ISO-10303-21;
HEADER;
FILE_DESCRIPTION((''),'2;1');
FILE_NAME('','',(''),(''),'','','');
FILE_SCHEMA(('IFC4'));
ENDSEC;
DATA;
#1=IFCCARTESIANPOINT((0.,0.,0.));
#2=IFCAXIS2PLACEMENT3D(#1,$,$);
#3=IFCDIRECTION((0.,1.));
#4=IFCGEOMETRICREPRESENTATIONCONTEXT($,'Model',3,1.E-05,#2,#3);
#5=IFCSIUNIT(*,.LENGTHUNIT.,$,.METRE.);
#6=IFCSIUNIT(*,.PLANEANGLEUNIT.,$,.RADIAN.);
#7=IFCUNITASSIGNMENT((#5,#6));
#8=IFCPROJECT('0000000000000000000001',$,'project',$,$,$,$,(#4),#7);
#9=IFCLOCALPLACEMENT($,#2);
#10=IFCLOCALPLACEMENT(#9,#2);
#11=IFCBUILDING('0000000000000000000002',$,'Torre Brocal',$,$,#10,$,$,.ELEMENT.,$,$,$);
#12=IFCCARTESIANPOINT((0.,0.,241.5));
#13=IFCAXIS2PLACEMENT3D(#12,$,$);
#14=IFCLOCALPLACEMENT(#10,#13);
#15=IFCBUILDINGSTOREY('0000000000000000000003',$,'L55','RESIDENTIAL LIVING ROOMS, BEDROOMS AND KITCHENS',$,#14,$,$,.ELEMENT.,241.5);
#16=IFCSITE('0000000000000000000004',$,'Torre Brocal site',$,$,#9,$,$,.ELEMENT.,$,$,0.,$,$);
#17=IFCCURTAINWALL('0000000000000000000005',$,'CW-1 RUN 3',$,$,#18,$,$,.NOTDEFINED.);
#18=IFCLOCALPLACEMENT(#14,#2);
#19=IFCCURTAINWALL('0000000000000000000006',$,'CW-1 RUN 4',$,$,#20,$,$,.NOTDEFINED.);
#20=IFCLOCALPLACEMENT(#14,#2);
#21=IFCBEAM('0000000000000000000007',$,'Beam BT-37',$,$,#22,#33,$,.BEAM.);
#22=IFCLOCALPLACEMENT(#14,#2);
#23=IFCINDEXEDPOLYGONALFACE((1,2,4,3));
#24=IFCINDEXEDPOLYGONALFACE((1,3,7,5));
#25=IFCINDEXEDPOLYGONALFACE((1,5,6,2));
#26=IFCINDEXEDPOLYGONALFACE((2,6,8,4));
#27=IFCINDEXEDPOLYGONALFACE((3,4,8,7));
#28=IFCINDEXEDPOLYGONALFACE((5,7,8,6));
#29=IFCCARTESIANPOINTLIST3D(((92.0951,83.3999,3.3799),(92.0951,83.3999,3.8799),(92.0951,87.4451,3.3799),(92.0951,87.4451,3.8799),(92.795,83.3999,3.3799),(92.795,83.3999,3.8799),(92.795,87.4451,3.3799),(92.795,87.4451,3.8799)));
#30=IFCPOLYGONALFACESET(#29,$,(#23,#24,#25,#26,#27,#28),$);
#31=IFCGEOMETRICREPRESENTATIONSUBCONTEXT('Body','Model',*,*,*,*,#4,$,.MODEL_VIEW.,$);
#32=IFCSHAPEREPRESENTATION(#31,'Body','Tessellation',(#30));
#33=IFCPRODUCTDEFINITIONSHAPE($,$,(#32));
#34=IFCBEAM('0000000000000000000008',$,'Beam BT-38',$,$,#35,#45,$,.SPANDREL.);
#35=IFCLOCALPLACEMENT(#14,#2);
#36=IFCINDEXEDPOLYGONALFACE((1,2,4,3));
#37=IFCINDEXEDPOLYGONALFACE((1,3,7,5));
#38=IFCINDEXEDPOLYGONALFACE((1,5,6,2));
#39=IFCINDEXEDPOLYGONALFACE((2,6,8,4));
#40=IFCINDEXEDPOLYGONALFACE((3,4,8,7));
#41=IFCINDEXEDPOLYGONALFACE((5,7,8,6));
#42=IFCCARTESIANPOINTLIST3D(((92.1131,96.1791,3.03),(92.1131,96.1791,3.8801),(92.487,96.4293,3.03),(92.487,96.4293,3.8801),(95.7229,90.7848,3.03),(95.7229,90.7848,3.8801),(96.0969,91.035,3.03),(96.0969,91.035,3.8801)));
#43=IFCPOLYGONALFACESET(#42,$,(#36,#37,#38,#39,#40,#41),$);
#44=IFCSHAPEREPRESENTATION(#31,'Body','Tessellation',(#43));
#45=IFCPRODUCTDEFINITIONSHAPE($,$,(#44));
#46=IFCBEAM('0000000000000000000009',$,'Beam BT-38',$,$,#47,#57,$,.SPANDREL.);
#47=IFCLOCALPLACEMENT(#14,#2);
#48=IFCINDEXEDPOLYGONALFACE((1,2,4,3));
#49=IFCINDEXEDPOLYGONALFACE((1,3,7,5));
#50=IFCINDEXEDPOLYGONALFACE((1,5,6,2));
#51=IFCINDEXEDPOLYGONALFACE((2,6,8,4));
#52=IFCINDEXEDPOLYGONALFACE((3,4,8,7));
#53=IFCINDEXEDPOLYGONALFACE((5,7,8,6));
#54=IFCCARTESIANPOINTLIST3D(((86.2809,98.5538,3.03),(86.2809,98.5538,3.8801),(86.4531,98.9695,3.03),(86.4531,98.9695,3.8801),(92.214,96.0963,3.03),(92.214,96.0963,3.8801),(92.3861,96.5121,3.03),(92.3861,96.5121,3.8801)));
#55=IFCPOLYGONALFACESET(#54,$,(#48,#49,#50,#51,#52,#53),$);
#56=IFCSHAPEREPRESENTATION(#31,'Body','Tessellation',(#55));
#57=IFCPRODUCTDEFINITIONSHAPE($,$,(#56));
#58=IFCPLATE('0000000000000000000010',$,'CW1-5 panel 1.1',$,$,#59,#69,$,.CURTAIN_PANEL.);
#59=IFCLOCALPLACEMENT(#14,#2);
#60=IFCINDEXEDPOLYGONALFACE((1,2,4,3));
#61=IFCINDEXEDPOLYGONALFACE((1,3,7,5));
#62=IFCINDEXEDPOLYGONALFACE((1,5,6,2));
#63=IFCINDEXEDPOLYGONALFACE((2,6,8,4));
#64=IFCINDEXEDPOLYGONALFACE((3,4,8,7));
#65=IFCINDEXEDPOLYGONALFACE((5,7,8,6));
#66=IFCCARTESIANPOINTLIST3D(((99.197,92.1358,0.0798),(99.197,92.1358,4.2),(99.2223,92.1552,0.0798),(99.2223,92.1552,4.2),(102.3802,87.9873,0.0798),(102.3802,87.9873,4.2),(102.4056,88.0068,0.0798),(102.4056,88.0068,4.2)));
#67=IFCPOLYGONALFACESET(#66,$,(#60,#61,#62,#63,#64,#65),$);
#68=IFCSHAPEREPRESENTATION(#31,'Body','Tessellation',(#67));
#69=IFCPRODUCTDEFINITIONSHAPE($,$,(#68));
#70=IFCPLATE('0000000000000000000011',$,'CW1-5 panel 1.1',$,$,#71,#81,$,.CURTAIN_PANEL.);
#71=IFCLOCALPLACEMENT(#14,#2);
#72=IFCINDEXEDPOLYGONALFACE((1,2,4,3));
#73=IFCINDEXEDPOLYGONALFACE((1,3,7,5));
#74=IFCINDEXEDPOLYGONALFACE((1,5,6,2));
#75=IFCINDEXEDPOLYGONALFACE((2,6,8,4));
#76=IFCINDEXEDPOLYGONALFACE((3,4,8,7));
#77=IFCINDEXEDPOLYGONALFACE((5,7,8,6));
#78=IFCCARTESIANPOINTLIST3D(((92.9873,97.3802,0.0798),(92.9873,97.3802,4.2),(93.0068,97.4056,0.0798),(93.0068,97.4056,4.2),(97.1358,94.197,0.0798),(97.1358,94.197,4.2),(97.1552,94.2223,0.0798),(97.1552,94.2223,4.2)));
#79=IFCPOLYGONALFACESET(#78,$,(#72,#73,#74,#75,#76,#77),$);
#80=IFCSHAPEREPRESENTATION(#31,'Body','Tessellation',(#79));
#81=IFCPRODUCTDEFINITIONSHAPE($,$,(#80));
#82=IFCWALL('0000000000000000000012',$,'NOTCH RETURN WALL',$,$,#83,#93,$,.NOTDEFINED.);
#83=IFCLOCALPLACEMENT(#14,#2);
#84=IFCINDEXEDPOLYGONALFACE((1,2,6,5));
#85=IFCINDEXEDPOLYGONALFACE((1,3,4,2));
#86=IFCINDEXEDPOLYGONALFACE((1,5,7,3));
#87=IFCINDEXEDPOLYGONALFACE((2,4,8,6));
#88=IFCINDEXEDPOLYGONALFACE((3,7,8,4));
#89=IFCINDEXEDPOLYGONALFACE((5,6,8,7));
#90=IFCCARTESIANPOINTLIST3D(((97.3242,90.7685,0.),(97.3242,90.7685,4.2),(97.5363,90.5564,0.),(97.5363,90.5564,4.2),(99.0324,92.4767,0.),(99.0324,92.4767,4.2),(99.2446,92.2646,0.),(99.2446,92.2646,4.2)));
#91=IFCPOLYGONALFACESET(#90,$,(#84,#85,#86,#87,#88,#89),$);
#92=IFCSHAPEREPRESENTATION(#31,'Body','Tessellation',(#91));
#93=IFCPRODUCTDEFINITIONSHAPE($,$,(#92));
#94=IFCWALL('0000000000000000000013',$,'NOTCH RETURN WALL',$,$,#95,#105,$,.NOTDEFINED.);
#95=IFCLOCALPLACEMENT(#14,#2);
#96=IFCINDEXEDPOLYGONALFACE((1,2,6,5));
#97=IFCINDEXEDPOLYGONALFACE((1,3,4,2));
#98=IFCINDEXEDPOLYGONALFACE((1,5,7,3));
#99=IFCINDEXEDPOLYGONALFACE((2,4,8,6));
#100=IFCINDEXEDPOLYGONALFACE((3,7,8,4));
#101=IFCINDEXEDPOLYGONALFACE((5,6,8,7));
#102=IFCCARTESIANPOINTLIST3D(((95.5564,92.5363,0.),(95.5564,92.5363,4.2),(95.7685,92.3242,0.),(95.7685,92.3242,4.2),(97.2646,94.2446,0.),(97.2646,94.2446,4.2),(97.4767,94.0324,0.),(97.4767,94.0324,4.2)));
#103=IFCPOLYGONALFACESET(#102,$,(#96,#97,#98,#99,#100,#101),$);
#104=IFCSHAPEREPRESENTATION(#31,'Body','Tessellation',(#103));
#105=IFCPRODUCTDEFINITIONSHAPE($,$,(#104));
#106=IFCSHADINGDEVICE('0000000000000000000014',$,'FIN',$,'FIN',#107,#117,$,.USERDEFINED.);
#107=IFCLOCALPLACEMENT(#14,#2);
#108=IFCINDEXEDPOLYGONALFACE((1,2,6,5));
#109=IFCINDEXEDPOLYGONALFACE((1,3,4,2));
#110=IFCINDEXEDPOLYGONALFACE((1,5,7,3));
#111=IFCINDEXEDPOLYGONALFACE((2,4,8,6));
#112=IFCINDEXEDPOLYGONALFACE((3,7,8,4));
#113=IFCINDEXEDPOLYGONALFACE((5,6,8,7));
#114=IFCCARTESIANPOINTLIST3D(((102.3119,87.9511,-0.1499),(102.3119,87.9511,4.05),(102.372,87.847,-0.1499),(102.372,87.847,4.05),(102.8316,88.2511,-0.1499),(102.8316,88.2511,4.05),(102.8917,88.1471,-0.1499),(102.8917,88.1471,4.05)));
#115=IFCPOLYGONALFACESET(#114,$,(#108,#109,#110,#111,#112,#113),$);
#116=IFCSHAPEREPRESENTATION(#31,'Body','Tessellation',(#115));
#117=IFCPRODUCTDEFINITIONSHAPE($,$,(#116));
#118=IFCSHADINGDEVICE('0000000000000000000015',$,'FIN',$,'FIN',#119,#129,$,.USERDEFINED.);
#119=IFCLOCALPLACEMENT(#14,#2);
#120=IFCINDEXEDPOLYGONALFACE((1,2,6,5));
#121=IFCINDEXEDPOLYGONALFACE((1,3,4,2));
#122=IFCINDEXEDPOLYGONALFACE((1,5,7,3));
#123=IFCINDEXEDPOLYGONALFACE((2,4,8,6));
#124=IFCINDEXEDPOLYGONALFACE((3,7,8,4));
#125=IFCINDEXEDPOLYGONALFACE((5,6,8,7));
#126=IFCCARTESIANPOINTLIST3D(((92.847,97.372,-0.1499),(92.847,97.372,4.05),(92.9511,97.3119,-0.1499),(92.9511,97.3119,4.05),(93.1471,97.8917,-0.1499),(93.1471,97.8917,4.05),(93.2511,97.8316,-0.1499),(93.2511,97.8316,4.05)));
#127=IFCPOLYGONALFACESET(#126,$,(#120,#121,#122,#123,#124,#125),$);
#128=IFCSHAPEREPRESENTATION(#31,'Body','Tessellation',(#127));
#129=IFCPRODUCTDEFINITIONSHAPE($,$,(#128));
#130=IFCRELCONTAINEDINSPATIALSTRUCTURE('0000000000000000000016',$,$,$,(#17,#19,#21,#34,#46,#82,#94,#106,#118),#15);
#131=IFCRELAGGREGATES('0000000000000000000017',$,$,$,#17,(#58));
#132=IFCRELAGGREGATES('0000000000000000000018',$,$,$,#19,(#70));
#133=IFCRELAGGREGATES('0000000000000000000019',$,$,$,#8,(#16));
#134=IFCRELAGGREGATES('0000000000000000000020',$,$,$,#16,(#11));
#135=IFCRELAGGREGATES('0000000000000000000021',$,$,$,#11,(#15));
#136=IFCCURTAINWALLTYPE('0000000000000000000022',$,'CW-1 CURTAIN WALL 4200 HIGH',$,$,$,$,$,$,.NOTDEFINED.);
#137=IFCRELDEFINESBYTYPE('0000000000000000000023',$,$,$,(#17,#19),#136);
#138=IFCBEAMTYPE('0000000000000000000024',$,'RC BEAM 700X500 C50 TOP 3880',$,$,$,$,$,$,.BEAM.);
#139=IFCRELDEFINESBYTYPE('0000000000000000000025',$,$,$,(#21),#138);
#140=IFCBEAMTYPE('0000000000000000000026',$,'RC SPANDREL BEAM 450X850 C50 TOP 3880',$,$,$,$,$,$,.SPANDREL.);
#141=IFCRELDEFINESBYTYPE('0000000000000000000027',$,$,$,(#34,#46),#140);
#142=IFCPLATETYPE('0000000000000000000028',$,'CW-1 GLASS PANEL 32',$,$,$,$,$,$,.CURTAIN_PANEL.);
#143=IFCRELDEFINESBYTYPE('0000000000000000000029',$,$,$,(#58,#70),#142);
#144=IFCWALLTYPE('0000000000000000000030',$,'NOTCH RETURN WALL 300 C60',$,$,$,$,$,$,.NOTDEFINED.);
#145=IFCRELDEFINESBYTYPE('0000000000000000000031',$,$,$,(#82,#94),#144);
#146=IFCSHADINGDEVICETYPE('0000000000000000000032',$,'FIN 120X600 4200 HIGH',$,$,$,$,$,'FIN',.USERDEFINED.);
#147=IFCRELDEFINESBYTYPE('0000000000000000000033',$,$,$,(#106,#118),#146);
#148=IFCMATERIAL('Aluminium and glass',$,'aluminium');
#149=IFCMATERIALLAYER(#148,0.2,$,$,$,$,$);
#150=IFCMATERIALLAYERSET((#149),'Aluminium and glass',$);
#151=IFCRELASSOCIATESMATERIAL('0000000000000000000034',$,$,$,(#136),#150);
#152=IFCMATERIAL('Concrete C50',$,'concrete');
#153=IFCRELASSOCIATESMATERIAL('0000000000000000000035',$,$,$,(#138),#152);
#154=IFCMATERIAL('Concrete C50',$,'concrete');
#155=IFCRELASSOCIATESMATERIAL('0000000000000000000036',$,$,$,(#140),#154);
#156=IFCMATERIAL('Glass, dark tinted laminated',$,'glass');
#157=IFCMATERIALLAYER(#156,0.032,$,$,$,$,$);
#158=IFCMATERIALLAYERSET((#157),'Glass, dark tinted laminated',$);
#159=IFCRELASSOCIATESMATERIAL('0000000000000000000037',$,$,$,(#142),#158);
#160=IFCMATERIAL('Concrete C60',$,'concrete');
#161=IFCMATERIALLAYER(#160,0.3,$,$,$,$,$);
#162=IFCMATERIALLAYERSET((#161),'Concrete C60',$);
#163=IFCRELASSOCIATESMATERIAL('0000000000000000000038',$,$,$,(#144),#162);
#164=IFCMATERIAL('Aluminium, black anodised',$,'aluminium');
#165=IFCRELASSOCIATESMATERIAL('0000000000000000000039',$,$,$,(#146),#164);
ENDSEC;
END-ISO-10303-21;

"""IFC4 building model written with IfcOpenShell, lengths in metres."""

from ifc_helpers import new_model, si_unit, direction, frame, frame_2d, origin, origin_2d, place, context, subcontext, project, spatial, rectangle, extrude, material, layer, layer_set, material_profile, profile_set, type_object, element, aggregate, save


model = new_model("IFC4")

# Units and contexts
model_context = context("Model", 3, precision=1e-05, world=origin(), true_north=direction((0.0, 1.0)))
body_context = subcontext(model_context, "Body", "Model", "MODEL_VIEW")
ifc_project = project(units=[si_unit("LENGTHUNIT", "METRE"), si_unit("PLANEANGLEUNIT", "RADIAN")], contexts=[model_context])

# Site, building, storey
site_placement = place(None, origin())
site = spatial("IfcSite", under=ifc_project, at=site_placement, Name="Torre Brocal site", CompositionType="ELEMENT", RefElevation=0.0)
building_placement = place(site_placement, origin())
building = spatial("IfcBuilding", under=site, at=building_placement, Name="Torre Brocal", CompositionType="ELEMENT")
storey_placement = place(building_placement, frame((0.0, 0.0, 241.5)))
storey = spatial("IfcBuildingStorey", under=building, at=storey_placement, Name="L55", Description="RESIDENTIAL LIVING ROOMS, BEDROOMS AND KITCHENS", CompositionType="ELEMENT", Elevation=241.5)

# Shared definitions
ifc_material_1 = material(Name="Aluminium and glass", Category="aluminium")
ifc_layer_1 = layer(ifc_material_1, 0.2)
ifc_layer_set_1 = layer_set([ifc_layer_1], Name="Aluminium and glass")
curtain_wall_type = type_object("IfcCurtainWallType", Name="CW-1 CURTAIN WALL 4200 HIGH", PredefinedType="NOTDEFINED", material=ifc_layer_set_1)

# Curtain walls
curtain_wall_1_placement = place(storey_placement, origin())
curtain_wall_1 = element("IfcCurtainWall", 1, at=curtain_wall_1_placement, inside=storey, type_object=curtain_wall_type, Name="CW-1 RUN 3", PredefinedType="NOTDEFINED")
curtain_wall_2_placement = place(storey_placement, origin())
curtain_wall_2 = element("IfcCurtainWall", 2, at=curtain_wall_2_placement, inside=storey, type_object=curtain_wall_type, Name="CW-1 RUN 4", PredefinedType="NOTDEFINED")

# Beams
ifc_material_2 = material(Name="Concrete C50", Category="concrete")
ifc_material_profile_1 = material_profile(ifc_material_2, rectangle(XDim=0.7, YDim=0.5, at=origin_2d()), Name="RC 700X500")
ifc_profile_set_1 = profile_set([ifc_material_profile_1], Name="Concrete C50")
beam_type_1 = type_object("IfcBeamType", Name="RC BEAM 700X500 C50 TOP 3880", PredefinedType="BEAM", material=ifc_profile_set_1)
beam_1_placement = place(storey_placement, frame((92.4451, 87.4451, 3.6299), z_axis=(0.0, -1.0, 0.0), x_axis=(1.0, 0.0, 0.0)))
element("IfcBeam", 3, at=beam_1_placement, inside=storey, type_object=beam_type_1, Name="Beam BT-37", PredefinedType="BEAM", context=body_context, shape_type="SweptSolid", body=[
    extrude(rectangle(XDim=0.7, YDim=0.5, at=origin_2d()), origin(), (0.0, 0.0, 1.0), 4.0452),
])
ifc_material_3 = material(Name="Concrete C50", Category="concrete")
ifc_material_profile_2 = material_profile(ifc_material_3, rectangle(XDim=0.45, YDim=0.8501, at=origin_2d()), Name="RC 450X850")
ifc_profile_set_2 = profile_set([ifc_material_profile_2], Name="Concrete C50")
beam_type_2 = type_object("IfcBeamType", Name="RC SPANDREL BEAM 450X850 C50 TOP 3880", PredefinedType="SPANDREL", material=ifc_profile_set_2)
beam_2_placement = place(storey_placement, frame((95.9099, 90.9099, 3.4551), z_axis=(-0.556158, 0.831077, 0.0), x_axis=(-0.831077, -0.556158, 0.0)))
element("IfcBeam", 4, at=beam_2_placement, inside=storey, type_object=beam_type_2, Name="Beam BT-38", PredefinedType="SPANDREL", context=body_context, shape_type="SweptSolid", body=[
    extrude(rectangle(XDim=0.45, YDim=0.8501, at=origin_2d()), origin(), (0.0, 0.0, 1.0), 6.4907),
])
beam_3_placement = place(storey_placement, frame((92.3, 96.3042, 3.4551), z_axis=(-0.923882, 0.382676, 0.0), x_axis=(-0.382676, -0.923882, 0.0)))
element("IfcBeam", 5, at=beam_3_placement, inside=storey, type_object=beam_type_2, Name="Beam BT-38", PredefinedType="SPANDREL", context=body_context, shape_type="SweptSolid", body=[
    extrude(rectangle(XDim=0.45, YDim=0.8501, at=origin_2d()), origin(), (0.0, 0.0, 1.0), 6.4219),
])

# Plates
ifc_material_4 = material(Name="Glass, dark tinted laminated", Category="glass")
ifc_layer_2 = layer(ifc_material_4, 0.032)
ifc_layer_set_2 = layer_set([ifc_layer_2], Name="Glass, dark tinted laminated")
plate_type = type_object("IfcPlateType", Name="CW-1 GLASS PANEL 32", PredefinedType="CURTAIN_PANEL", material=ifc_layer_set_2)
plate_1_placement = place(storey_placement, frame((100.8013, 90.0713, 0.0798), z_axis=(0.0, 0.0, 1.0), x_axis=(-0.608761, 0.793353, 0.0)))
plate_1 = element("IfcPlate", 6, at=plate_1_placement, type_object=plate_type, Name="CW1-5 panel 1.1", PredefinedType="CURTAIN_PANEL", context=body_context, shape_type="SweptSolid", body=[
    extrude(rectangle(XDim=5.229, YDim=0.032, at=origin_2d()), origin(), (0.0, 0.0, 1.0), 4.1201),
])
aggregate(curtain_wall_1, [plate_1])
plate_2_placement = place(storey_placement, frame((95.0713, 95.8013, 0.0798), z_axis=(0.0, 0.0, 1.0), x_axis=(-0.793353, 0.608761, 0.0)))
plate_2 = element("IfcPlate", 7, at=plate_2_placement, type_object=plate_type, Name="CW1-5 panel 1.1", PredefinedType="CURTAIN_PANEL", context=body_context, shape_type="SweptSolid", body=[
    extrude(rectangle(XDim=5.229, YDim=0.032, at=origin_2d()), origin(), (0.0, 0.0, 1.0), 4.1201),
])
aggregate(curtain_wall_2, [plate_2])

# Walls
ifc_material_5 = material(Name="Concrete C60", Category="concrete")
ifc_layer_3 = layer(ifc_material_5, 0.3)
ifc_layer_set_3 = layer_set([ifc_layer_3], Name="Concrete C60")
wall_type = type_object("IfcWallType", Name="NOTCH RETURN WALL 300 C60", PredefinedType="NOTDEFINED", material=ifc_layer_set_3)
for number, where, z_axis, x_axis, name in (
    (8, (97.4302, 90.6624, 0.0), (0.0, 0.0, 1.0), (0.707107, 0.707107, 0.0), "NOTCH RETURN WALL"),
    (9, (95.6624, 92.4302, 0.0), (0.0, 0.0, 1.0), (0.707107, 0.707107, 0.0), "NOTCH RETURN WALL"),
):
    element("IfcWall", number, at=place(storey_placement, frame(where, z_axis=z_axis, x_axis=x_axis)), inside=storey, type_object=wall_type, Name=name, PredefinedType="NOTDEFINED", context=body_context, shape_type="SweptSolid", body=[
        extrude(rectangle(XDim=2.4158, YDim=0.3, at=frame_2d((1.208, 0.0))), origin(), (0.0, 0.0, 1.0), 4.2),
    ])

# Shading devices
ifc_material_6 = material(Name="Aluminium, black anodised", Category="aluminium")
ifc_material_profile_3 = material_profile(ifc_material_6, rectangle(XDim=0.1201, YDim=0.6001, at=origin_2d()), Name="FIN 120X600 4200 HIGH")
ifc_profile_set_3 = profile_set([ifc_material_profile_3], Name="Aluminium, black anodised")
shading_device_type = type_object("IfcShadingDeviceType", Name="FIN 120X600 4200 HIGH", ElementType="FIN", PredefinedType="USERDEFINED", material=ifc_profile_set_3)
for number, where, z_axis, x_axis, name in (
    (10, (102.6018, 88.0491, -0.1499), (0.0, 0.0, 1.0), (-0.5, 0.866025, 0.0), "FIN"),
    (11, (93.0491, 97.6018, -0.1499), (0.0, 0.0, 1.0), (-0.866025, 0.5, 0.0), "FIN"),
):
    element("IfcShadingDevice", number, at=place(storey_placement, frame(where, z_axis=z_axis, x_axis=x_axis)), inside=storey, type_object=shading_device_type, Name=name, ObjectType="FIN", PredefinedType="USERDEFINED", context=body_context, shape_type="SweptSolid", body=[
        extrude(rectangle(XDim=0.1201, YDim=0.6001, at=origin_2d()), origin(), (0.0, 0.0, 1.0), 4.2),
    ])

save(model, "model.ifc")
